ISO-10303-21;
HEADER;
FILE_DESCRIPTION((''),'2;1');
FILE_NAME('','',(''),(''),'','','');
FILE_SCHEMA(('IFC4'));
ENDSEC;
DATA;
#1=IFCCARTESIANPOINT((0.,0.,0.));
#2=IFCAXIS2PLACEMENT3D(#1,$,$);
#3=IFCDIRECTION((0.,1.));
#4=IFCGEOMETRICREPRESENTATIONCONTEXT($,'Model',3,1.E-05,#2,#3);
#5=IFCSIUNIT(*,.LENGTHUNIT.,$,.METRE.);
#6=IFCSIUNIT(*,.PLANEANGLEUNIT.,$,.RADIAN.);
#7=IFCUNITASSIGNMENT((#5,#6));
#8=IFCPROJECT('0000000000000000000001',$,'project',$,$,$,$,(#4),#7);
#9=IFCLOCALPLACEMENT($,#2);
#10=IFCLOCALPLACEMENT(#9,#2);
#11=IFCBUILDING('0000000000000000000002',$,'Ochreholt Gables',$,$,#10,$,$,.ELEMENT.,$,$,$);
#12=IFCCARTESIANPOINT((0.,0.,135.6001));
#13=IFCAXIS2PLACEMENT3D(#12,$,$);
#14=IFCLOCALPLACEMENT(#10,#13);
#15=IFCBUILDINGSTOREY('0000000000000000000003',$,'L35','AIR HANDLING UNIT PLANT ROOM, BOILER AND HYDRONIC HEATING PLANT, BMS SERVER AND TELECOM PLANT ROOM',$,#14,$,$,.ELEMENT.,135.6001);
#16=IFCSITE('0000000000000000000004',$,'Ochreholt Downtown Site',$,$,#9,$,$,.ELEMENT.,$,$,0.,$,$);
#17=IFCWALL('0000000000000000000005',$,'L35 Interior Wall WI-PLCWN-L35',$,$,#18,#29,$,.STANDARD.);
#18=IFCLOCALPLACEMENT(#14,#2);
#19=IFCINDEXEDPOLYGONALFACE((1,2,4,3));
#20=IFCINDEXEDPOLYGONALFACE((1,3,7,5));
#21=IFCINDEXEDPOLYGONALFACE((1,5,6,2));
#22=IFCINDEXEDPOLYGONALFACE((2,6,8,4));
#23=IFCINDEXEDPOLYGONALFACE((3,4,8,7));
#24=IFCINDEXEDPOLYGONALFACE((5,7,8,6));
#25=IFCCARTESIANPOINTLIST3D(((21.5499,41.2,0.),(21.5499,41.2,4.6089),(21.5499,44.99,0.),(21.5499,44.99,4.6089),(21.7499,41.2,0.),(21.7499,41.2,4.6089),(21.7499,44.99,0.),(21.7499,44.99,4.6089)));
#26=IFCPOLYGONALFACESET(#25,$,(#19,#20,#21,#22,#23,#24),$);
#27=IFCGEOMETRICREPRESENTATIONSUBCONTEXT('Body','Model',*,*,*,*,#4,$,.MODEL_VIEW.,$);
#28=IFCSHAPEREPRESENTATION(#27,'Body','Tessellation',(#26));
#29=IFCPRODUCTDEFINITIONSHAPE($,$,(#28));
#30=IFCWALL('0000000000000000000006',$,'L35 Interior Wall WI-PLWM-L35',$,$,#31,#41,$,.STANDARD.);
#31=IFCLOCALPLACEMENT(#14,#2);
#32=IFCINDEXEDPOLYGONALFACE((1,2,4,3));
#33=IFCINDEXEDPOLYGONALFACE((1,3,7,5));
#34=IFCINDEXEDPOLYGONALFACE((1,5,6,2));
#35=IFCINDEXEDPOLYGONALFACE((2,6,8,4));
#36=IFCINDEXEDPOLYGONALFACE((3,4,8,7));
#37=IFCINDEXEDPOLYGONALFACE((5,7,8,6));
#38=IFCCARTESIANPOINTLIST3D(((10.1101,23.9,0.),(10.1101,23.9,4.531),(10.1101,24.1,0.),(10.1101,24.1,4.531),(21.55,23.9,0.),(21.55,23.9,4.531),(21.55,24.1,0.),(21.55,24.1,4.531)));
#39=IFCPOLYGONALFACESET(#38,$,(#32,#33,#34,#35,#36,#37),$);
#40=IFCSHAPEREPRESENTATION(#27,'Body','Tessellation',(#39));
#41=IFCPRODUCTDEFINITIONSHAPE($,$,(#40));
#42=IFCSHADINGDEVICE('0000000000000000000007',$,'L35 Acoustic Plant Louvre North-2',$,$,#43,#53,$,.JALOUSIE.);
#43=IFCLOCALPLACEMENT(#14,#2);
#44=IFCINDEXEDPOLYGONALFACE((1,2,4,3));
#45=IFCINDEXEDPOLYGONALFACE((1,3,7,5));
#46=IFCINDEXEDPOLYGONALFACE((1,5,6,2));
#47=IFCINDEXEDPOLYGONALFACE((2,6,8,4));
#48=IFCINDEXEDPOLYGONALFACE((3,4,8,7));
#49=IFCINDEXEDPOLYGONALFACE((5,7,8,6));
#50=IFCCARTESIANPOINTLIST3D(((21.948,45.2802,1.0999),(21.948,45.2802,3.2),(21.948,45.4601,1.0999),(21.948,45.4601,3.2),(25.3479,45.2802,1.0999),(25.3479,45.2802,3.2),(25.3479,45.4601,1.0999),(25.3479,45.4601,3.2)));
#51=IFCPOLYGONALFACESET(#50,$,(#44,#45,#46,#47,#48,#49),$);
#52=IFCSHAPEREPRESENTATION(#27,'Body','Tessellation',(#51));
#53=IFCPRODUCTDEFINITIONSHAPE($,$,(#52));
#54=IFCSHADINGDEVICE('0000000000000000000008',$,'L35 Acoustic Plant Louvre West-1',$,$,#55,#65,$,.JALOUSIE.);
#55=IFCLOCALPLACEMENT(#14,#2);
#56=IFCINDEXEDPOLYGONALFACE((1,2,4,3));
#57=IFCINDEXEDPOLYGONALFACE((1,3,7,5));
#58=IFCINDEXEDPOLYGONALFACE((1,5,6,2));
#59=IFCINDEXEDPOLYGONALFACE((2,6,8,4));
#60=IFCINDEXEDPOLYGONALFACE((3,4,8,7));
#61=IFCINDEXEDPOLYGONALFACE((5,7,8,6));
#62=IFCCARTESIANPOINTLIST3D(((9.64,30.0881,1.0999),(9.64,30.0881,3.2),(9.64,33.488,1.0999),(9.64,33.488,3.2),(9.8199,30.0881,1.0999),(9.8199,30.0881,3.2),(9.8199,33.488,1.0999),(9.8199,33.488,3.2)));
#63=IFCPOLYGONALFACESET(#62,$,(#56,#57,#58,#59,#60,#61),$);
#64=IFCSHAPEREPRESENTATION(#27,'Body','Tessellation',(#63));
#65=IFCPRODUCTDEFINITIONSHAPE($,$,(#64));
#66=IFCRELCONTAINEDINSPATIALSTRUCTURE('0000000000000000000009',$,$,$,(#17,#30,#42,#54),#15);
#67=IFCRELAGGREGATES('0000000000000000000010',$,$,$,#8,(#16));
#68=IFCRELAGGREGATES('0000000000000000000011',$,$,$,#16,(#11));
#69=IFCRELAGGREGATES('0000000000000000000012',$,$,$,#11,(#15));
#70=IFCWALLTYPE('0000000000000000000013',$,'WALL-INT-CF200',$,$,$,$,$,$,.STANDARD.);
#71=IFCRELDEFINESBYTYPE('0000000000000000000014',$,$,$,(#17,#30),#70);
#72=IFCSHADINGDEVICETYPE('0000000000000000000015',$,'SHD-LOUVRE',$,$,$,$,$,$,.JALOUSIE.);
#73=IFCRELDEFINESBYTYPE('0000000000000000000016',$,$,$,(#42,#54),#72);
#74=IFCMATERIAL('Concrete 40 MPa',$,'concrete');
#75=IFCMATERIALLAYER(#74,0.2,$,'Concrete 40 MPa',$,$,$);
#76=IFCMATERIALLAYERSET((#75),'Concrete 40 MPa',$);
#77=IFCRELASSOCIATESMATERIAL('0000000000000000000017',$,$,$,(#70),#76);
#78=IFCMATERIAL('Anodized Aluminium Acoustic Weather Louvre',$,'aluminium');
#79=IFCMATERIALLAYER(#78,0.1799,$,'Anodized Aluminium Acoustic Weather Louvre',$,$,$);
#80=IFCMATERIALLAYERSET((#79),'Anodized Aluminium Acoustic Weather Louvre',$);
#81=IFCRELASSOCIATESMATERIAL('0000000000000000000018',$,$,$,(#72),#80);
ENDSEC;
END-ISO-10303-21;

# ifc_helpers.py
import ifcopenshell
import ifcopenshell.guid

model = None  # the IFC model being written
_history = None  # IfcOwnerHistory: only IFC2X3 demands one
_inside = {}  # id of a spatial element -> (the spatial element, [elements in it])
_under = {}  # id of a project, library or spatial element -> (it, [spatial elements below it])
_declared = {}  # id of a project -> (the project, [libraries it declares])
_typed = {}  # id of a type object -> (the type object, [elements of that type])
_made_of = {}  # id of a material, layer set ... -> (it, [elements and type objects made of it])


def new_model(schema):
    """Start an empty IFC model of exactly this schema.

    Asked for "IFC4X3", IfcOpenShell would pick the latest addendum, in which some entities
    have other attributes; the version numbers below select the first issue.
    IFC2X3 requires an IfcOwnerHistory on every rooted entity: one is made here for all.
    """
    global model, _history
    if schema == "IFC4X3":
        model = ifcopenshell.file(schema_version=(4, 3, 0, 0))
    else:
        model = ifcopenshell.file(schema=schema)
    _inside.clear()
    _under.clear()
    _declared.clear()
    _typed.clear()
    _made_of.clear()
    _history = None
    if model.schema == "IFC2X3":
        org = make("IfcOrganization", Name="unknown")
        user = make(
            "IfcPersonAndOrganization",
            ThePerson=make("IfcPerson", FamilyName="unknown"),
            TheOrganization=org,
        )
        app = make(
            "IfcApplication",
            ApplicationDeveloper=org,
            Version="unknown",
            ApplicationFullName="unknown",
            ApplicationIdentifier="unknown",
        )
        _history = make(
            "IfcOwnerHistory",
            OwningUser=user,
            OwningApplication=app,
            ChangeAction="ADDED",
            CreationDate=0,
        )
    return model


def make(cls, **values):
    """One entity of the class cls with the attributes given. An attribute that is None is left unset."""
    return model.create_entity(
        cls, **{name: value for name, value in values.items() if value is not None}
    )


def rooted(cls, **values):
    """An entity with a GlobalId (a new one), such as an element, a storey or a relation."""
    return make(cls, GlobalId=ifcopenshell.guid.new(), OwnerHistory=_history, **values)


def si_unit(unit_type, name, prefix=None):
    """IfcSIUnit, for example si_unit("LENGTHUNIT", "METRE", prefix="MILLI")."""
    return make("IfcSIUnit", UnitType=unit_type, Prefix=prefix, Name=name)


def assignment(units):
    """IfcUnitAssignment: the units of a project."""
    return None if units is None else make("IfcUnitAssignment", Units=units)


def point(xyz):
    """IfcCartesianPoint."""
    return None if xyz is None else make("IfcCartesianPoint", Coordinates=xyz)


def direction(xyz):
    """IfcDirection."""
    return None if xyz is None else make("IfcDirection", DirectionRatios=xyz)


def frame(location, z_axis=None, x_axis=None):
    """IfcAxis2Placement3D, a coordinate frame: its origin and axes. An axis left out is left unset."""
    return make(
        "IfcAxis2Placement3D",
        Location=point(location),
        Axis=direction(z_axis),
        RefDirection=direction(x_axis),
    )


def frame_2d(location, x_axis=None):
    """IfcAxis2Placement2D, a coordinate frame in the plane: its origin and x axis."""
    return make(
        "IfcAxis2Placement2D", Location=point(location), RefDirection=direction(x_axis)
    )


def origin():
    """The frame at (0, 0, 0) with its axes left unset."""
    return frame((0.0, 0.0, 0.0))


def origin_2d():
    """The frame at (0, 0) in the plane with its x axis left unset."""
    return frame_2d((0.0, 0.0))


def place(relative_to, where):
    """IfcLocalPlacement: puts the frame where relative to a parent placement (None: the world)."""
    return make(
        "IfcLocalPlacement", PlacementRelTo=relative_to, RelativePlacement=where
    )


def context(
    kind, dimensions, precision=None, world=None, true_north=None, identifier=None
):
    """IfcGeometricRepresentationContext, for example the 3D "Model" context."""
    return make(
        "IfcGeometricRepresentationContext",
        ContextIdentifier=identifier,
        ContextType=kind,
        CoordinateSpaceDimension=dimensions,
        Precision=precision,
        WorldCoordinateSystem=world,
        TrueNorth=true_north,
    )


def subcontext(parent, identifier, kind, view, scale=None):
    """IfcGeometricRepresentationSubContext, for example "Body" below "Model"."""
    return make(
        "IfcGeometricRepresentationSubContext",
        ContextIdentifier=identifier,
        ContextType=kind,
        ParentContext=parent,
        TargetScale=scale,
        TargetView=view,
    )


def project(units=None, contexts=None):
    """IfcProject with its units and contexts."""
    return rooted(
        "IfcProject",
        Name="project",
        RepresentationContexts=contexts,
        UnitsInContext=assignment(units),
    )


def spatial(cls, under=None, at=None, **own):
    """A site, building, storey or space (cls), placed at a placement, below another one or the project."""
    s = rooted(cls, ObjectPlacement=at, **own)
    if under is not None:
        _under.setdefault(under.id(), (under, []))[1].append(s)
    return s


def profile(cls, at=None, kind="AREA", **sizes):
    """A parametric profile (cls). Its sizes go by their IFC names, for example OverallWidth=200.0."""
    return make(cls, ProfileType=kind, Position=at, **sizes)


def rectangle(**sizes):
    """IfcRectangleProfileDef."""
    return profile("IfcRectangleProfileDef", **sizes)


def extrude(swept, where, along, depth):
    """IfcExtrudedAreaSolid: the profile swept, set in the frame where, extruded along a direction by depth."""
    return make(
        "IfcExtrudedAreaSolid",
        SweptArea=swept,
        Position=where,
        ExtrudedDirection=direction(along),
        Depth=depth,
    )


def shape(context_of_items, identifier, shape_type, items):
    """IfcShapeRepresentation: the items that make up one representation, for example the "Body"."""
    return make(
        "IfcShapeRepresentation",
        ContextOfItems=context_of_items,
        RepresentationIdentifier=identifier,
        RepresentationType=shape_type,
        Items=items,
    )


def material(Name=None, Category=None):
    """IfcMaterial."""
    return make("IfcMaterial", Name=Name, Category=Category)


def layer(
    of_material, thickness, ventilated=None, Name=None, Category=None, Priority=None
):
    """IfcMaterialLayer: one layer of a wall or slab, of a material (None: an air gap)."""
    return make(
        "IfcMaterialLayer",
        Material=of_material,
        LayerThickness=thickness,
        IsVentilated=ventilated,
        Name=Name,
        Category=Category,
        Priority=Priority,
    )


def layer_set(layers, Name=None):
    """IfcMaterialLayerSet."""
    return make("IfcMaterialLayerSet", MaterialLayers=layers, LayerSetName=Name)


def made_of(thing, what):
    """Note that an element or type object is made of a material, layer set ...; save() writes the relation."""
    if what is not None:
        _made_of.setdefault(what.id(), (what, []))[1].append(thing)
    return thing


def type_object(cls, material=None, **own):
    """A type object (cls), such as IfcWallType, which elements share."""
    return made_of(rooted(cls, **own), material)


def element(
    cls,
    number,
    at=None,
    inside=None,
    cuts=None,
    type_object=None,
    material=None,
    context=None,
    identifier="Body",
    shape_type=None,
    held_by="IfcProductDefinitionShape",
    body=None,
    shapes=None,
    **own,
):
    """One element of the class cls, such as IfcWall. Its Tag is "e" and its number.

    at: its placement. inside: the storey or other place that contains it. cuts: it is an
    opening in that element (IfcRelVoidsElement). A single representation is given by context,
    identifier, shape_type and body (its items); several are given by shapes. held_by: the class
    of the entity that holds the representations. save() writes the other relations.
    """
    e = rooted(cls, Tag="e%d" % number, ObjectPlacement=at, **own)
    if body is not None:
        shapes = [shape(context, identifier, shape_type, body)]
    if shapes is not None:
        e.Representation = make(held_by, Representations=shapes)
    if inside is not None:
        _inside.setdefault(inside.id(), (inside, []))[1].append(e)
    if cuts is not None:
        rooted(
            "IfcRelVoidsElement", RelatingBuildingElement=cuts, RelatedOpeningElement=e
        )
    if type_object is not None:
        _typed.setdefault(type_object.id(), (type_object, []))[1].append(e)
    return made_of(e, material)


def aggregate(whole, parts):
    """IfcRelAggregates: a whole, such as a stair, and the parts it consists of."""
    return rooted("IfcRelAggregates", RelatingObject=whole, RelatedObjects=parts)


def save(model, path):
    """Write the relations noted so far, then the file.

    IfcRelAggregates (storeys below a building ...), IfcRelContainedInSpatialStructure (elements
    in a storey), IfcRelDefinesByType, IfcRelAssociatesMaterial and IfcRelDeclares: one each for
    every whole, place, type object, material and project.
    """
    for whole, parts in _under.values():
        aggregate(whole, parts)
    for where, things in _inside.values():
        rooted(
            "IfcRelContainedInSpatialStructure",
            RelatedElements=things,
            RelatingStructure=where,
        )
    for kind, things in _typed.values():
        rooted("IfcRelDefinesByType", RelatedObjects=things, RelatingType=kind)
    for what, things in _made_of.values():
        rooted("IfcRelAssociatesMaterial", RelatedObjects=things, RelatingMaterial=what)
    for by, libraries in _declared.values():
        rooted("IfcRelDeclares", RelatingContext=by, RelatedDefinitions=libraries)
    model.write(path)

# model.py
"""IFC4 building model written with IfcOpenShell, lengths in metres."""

from ifc_helpers import new_model, si_unit, direction, frame, frame_2d, origin, origin_2d, place, context, subcontext, project, spatial, rectangle, extrude, material, layer, layer_set, type_object, element, save


model = new_model("IFC4")

# Units and contexts
model_context = context("Model", 3, precision=1e-05, world=origin(), true_north=direction((0.0, 1.0)))
body_context = subcontext(model_context, "Body", "Model", "MODEL_VIEW")
ifc_project = project(units=[si_unit("LENGTHUNIT", "METRE"), si_unit("PLANEANGLEUNIT", "RADIAN")], contexts=[model_context])

# Site, building, storey
site_placement = place(None, origin())
site = spatial("IfcSite", under=ifc_project, at=site_placement, Name="Ochreholt Downtown Site", CompositionType="ELEMENT", RefElevation=0.0)
building_placement = place(site_placement, origin())
building = spatial("IfcBuilding", under=site, at=building_placement, Name="Ochreholt Gables", CompositionType="ELEMENT")
storey_placement = place(building_placement, frame((0.0, 0.0, 135.6001)))
storey = spatial("IfcBuildingStorey", under=building, at=storey_placement, Name="L35", Description="AIR HANDLING UNIT PLANT ROOM, BOILER AND HYDRONIC HEATING PLANT, BMS SERVER AND TELECOM PLANT ROOM", CompositionType="ELEMENT", Elevation=135.6001)

# Shared definitions
ifc_material_1 = material(Name="Concrete 40 MPa", Category="concrete")
ifc_layer_1 = layer(ifc_material_1, 0.2, Name="Concrete 40 MPa")
ifc_layer_set_1 = layer_set([ifc_layer_1], Name="Concrete 40 MPa")
wall_type_1 = type_object("IfcWallType", Name="WALL-INT-CF200", PredefinedType="STANDARD", material=ifc_layer_set_1)

# Walls
wall_1_placement = place(storey_placement, frame((21.6499, 41.2, 0.0), z_axis=(0.0, 0.0, 1.0), x_axis=(0.0, 1.0, 0.0)))
element("IfcWall", 1, at=wall_1_placement, inside=storey, type_object=wall_type_1, Name="L35 Interior Wall WI-PLCWN-L35", PredefinedType="STANDARD", context=body_context, shape_type="SweptSolid", body=[
    extrude(rectangle(XDim=3.79, YDim=0.2, at=frame_2d((1.895, 0.0))), origin(), (0.0, 0.0, 1.0), 4.6089),
])
wall_2_placement = place(storey_placement, frame((10.1101, 24.0, 0.0), z_axis=(0.0, 0.0, 1.0), x_axis=(1.0, 0.0, 0.0)))
element("IfcWall", 2, at=wall_2_placement, inside=storey, type_object=wall_type_1, Name="L35 Interior Wall WI-PLWM-L35", PredefinedType="STANDARD", context=body_context, shape_type="SweptSolid", body=[
    extrude(rectangle(XDim=11.4399, YDim=0.2, at=frame_2d((5.72, 0.0))), origin(), (0.0, 0.0, 1.0), 4.531),
])

# Shading devices
ifc_material_2 = material(Name="Anodized Aluminium Acoustic Weather Louvre", Category="aluminium")
ifc_layer_2 = layer(ifc_material_2, 0.1799, Name="Anodized Aluminium Acoustic Weather Louvre")
ifc_layer_set_2 = layer_set([ifc_layer_2], Name="Anodized Aluminium Acoustic Weather Louvre")
shading_device_type = type_object("IfcShadingDeviceType", Name="SHD-LOUVRE", PredefinedType="JALOUSIE", material=ifc_layer_set_2)
for number, where, z_axis, x_axis, name in (
    (3, (23.6479, 45.3701, 1.0999), (0.0, 0.0, 1.0), (-1.0, 0.0, 0.0), "L35 Acoustic Plant Louvre North-2"),
    (4, (9.73, 31.7881, 1.0999), (0.0, 0.0, 1.0), (0.0, -1.0, 0.0), "L35 Acoustic Plant Louvre West-1"),
):
    element("IfcShadingDevice", number, at=place(storey_placement, frame(where, z_axis=z_axis, x_axis=x_axis)), inside=storey, type_object=shading_device_type, Name=name, PredefinedType="JALOUSIE", context=body_context, shape_type="SweptSolid", body=[
        extrude(rectangle(XDim=3.3999, YDim=0.1799, at=origin_2d()), origin(), (0.0, 0.0, 1.0), 2.1001),
    ])

save(model, "model.ifc")
